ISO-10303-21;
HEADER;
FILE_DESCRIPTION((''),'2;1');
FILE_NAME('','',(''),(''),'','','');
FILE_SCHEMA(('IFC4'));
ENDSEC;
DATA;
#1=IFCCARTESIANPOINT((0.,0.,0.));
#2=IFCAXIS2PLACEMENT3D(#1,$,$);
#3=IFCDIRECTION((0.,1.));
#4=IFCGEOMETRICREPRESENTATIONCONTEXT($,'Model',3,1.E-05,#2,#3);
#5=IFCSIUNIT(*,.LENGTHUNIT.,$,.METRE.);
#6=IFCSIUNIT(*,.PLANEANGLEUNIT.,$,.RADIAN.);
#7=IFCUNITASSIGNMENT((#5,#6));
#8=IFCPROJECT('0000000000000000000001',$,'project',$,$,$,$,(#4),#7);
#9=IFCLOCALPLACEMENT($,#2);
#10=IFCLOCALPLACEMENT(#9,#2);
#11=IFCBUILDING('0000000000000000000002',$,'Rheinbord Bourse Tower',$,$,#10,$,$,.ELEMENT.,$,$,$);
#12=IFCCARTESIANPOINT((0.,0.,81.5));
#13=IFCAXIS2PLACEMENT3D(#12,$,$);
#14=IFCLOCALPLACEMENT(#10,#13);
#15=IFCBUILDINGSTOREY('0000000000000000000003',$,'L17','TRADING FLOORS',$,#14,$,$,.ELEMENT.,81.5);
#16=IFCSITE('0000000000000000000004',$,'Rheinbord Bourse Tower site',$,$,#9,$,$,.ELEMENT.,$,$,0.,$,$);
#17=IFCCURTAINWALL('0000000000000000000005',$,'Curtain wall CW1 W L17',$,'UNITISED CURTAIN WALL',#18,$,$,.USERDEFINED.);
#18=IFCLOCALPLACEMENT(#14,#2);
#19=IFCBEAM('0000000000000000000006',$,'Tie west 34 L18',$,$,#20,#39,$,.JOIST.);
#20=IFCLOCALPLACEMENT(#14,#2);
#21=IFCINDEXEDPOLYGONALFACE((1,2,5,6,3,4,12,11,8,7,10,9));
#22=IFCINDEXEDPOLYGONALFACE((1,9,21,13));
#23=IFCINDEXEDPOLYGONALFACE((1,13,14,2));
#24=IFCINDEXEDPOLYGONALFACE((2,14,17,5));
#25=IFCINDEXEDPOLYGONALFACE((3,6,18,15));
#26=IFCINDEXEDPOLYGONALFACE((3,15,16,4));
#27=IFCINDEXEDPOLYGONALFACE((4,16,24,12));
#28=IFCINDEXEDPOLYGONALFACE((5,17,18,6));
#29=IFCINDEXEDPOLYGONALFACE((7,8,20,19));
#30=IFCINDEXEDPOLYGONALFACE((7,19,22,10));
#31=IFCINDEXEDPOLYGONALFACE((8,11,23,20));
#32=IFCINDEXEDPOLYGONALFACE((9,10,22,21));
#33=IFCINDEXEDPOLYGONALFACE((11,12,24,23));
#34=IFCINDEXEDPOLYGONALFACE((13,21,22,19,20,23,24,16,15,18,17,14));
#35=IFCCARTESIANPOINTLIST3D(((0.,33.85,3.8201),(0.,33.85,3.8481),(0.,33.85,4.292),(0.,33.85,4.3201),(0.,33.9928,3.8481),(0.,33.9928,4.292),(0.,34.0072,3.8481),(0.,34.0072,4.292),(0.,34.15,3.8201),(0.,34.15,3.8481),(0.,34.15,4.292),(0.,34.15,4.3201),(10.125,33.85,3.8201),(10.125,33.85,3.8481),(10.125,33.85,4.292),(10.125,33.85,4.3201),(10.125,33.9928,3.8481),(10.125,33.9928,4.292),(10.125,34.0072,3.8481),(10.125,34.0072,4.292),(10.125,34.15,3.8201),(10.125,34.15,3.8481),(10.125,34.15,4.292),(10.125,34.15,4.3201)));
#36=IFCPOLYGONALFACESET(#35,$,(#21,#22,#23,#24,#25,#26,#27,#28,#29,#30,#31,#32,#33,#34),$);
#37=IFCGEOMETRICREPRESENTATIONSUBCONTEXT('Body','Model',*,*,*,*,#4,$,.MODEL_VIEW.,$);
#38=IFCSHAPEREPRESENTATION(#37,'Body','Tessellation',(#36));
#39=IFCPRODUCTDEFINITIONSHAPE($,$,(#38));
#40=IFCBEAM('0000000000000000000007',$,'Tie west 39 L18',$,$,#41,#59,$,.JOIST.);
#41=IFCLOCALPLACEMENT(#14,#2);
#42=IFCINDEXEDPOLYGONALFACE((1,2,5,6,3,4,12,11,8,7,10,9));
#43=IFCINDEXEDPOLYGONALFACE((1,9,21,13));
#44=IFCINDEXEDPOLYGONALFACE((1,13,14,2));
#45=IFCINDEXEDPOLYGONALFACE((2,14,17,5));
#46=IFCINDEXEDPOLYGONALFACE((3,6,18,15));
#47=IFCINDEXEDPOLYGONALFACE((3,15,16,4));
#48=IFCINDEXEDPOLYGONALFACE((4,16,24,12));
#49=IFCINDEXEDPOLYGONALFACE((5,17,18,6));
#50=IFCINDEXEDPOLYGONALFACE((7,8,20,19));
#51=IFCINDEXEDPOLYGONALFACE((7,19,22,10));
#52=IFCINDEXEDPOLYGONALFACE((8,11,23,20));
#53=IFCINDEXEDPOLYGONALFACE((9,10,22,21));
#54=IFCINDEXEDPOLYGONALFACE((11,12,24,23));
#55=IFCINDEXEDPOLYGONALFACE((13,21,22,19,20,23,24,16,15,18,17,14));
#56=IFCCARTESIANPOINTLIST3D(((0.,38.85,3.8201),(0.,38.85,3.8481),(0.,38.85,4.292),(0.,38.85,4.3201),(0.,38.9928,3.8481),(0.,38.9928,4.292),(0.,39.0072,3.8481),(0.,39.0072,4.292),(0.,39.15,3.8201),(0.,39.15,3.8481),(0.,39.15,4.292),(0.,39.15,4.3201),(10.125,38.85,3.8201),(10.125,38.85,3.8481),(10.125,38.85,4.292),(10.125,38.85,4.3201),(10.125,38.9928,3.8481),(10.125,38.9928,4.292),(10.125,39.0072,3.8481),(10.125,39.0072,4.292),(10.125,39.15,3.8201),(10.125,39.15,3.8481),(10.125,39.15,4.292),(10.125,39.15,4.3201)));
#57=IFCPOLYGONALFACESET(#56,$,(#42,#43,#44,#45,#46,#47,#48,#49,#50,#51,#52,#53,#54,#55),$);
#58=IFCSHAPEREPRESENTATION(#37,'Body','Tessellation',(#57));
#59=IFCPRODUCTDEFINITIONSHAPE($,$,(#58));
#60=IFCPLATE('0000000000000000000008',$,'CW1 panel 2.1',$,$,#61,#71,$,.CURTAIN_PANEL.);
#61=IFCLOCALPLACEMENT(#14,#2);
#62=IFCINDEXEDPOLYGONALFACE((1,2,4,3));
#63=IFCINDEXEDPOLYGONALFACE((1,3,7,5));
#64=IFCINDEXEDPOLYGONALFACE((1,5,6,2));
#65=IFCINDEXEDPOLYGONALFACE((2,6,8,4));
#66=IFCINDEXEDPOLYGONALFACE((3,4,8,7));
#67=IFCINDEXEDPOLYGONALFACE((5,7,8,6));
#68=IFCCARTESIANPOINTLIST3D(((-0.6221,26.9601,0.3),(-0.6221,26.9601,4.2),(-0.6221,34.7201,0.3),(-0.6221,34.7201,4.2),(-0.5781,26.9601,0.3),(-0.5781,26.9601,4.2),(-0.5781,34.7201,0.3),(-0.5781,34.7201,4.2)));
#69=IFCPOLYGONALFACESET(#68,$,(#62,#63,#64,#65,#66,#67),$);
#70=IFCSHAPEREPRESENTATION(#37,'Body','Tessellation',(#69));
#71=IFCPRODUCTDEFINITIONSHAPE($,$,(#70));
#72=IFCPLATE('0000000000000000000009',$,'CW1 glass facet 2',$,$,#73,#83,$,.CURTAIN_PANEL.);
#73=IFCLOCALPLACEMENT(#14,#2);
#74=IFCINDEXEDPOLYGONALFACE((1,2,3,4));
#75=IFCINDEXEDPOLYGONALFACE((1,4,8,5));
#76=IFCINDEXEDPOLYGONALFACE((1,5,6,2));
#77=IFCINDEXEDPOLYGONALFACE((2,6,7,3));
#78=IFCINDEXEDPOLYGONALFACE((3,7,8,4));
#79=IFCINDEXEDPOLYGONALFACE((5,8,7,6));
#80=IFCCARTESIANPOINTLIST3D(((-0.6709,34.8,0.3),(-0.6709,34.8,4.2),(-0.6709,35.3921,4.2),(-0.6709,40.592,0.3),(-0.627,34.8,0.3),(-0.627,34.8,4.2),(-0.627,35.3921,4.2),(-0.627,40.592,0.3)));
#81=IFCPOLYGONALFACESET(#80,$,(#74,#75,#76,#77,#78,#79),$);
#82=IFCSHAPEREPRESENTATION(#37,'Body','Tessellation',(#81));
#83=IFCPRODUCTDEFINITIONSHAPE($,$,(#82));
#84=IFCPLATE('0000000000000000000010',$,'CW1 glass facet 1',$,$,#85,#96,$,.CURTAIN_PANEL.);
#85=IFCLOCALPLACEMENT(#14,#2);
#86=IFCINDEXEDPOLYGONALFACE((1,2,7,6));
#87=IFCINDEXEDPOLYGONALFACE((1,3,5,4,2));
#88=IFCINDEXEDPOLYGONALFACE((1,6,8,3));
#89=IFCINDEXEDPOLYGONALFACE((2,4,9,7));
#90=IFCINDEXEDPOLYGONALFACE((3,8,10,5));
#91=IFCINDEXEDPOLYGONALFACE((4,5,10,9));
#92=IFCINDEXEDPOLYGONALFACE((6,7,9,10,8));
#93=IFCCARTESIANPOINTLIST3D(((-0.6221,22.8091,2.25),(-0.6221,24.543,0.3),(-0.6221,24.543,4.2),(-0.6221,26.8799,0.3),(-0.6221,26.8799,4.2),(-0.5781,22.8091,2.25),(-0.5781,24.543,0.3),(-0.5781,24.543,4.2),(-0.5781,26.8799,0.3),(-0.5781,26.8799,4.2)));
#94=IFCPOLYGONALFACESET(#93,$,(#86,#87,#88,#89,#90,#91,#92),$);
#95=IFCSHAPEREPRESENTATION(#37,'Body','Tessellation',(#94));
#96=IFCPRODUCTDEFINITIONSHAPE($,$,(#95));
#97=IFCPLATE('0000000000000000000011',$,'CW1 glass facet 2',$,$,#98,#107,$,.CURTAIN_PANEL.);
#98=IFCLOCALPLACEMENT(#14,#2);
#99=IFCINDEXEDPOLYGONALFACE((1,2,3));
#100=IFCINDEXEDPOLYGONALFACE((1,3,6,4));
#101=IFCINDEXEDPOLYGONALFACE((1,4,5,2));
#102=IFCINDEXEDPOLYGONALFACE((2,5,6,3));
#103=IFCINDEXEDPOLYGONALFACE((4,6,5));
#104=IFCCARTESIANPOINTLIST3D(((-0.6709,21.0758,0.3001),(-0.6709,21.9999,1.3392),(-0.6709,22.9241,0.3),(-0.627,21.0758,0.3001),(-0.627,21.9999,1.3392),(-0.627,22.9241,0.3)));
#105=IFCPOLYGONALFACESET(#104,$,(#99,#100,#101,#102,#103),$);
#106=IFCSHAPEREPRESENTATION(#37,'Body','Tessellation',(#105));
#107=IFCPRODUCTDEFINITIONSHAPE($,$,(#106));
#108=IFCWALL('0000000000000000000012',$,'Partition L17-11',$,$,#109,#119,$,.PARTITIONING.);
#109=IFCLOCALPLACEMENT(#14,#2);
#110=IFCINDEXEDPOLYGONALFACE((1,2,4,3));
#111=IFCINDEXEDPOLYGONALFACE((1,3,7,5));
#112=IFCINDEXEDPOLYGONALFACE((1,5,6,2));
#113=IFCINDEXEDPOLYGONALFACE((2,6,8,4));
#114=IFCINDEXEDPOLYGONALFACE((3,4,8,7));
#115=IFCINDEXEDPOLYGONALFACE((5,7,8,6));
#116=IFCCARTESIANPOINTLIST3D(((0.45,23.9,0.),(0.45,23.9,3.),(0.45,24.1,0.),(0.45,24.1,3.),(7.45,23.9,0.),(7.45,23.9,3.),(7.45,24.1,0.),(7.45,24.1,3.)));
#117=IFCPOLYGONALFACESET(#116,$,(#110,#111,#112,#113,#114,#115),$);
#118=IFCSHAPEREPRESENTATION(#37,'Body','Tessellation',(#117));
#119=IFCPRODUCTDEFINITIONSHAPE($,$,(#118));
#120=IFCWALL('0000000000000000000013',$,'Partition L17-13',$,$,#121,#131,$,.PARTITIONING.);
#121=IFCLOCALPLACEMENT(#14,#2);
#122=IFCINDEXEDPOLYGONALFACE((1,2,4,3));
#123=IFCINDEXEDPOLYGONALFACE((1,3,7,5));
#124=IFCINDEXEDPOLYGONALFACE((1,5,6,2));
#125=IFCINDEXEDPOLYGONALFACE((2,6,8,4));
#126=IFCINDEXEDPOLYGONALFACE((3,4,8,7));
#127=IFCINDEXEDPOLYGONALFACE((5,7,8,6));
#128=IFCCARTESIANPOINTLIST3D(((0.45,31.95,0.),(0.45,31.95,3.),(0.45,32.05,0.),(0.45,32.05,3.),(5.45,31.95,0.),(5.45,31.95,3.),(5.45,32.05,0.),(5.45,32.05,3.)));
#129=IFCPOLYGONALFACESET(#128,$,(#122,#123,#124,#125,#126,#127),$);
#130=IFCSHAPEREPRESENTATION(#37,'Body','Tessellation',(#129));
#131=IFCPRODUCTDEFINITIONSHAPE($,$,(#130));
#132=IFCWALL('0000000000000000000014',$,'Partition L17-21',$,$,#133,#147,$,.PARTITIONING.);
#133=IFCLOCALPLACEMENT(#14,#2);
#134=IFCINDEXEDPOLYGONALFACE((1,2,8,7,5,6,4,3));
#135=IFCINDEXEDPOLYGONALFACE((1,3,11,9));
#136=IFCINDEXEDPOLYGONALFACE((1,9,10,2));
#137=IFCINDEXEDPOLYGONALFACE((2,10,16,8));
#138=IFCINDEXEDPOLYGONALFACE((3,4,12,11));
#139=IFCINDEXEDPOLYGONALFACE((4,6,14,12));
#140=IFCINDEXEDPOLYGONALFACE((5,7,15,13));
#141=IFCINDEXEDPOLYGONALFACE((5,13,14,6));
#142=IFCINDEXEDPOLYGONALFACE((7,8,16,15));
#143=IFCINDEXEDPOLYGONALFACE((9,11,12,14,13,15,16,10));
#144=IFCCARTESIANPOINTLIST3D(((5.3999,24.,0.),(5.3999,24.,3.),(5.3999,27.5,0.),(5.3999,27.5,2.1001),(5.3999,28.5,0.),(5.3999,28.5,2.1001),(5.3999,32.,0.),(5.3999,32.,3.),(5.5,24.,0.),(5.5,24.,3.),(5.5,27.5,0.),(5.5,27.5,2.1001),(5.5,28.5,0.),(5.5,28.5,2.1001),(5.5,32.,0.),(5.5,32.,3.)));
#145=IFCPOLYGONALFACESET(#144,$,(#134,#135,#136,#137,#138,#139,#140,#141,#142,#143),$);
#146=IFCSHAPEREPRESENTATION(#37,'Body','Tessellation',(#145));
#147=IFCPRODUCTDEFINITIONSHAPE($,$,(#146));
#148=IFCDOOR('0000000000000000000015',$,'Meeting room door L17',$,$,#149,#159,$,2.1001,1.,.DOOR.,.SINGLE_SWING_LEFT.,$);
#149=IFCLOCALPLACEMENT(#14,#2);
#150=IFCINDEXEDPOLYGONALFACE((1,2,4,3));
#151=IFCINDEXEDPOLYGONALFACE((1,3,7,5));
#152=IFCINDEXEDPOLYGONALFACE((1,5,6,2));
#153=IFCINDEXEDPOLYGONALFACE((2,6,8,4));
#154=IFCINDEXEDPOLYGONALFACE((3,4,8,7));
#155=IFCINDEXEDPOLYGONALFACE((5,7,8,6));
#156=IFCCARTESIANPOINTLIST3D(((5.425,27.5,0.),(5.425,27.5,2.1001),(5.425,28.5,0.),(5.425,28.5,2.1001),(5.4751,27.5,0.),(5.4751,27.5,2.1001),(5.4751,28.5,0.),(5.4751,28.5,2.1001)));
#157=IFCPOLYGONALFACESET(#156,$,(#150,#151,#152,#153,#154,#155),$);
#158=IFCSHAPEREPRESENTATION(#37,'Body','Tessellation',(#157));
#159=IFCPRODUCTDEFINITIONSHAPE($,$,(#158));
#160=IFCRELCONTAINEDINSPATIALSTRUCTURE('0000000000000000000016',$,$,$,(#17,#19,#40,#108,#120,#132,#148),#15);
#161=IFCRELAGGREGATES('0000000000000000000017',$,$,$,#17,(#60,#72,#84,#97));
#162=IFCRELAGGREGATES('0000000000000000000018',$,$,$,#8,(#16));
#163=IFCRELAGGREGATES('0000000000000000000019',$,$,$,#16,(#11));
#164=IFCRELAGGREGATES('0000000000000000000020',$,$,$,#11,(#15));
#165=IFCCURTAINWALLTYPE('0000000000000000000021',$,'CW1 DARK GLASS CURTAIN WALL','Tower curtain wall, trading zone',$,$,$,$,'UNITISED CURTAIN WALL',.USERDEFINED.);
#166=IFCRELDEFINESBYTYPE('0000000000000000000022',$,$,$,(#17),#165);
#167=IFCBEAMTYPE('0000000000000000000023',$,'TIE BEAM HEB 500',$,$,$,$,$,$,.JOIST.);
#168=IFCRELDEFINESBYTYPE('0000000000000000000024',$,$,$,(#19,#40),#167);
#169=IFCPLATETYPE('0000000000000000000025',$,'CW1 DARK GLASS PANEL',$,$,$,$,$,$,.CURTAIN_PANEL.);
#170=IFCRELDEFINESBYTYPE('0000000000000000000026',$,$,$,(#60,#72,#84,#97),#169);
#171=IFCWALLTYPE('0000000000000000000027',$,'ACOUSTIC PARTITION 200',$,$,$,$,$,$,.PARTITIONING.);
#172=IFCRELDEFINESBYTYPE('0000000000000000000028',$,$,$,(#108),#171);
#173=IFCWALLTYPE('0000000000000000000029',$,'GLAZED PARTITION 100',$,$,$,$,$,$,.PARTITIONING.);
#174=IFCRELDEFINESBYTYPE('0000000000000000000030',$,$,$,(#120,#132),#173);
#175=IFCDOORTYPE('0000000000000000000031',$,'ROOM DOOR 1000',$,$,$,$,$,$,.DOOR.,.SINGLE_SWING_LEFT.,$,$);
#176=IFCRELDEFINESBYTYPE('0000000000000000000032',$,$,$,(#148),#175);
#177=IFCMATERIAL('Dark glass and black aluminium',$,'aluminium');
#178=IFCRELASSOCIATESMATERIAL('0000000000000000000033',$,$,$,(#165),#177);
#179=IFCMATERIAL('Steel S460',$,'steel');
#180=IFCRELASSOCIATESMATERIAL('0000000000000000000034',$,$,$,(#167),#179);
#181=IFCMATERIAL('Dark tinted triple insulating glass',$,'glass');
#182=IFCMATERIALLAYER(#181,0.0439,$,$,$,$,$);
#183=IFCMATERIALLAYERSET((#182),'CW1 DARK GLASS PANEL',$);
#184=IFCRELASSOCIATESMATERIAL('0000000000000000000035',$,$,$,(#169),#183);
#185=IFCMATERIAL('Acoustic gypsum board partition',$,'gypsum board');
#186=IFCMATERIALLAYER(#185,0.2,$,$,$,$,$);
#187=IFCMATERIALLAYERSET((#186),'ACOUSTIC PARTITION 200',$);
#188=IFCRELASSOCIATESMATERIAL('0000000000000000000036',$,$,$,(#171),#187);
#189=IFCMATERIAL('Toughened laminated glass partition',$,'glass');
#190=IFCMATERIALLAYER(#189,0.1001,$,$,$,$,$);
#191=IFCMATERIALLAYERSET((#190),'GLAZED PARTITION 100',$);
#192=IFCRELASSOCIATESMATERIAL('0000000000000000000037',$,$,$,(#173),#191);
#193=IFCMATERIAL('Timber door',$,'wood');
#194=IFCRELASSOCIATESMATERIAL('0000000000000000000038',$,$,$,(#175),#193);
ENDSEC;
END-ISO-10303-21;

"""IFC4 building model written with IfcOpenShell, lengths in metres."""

from ifc_helpers import new_model, si_unit, direction, frame, frame_2d, origin, origin_2d, place, context, subcontext, project, spatial, polyline, rectangle, i_section, outline, extrude, material, layer, layer_set, material_profile, profile_set, type_object, element, fill, aggregate, save


model = new_model("IFC4")

# Units and contexts
model_context = context("Model", 3, precision=1e-05, world=origin(), true_north=direction((0.0, 1.0)))
body_context = subcontext(model_context, "Body", "Model", "MODEL_VIEW")
ifc_project = project(units=[si_unit("LENGTHUNIT", "METRE"), si_unit("PLANEANGLEUNIT", "RADIAN")], contexts=[model_context])

# Site, building, storey
site_placement = place(None, origin())
site = spatial("IfcSite", under=ifc_project, at=site_placement, Name="Rheinbord Bourse Tower site", CompositionType="ELEMENT", RefElevation=0.0)
building_placement = place(site_placement, origin())
building = spatial("IfcBuilding", under=site, at=building_placement, Name="Rheinbord Bourse Tower", CompositionType="ELEMENT")
storey_placement = place(building_placement, frame((0.0, 0.0, 81.5)))
storey = spatial("IfcBuildingStorey", under=building, at=storey_placement, Name="L17", Description="TRADING FLOORS", CompositionType="ELEMENT", Elevation=81.5)

# Curtain wall
ifc_material_1 = material(Name="Dark glass and black aluminium", Category="aluminium")
curtain_wall_type = type_object("IfcCurtainWallType", Name="CW1 DARK GLASS CURTAIN WALL", Description="Tower curtain wall, trading zone", ElementType="UNITISED CURTAIN WALL", PredefinedType="USERDEFINED", material=ifc_material_1)
curtain_wall_placement = place(storey_placement, origin())
curtain_wall = element("IfcCurtainWall", 1, at=curtain_wall_placement, inside=storey, type_object=curtain_wall_type, Name="Curtain wall CW1 W L17", ObjectType="UNITISED CURTAIN WALL", PredefinedType="USERDEFINED")

# Beams
ifc_material_2 = material(Name="Steel S460", Category="steel")
ifc_material_profile_1 = material_profile(ifc_material_2, i_section(OverallWidth=0.3, OverallDepth=0.5, WebThickness=0.0144, FlangeThickness=0.0281, at=origin_2d()), Name="HEB 500")
ifc_profile_set_1 = profile_set([ifc_material_profile_1], Name="Steel S460")
beam_type_1 = type_object("IfcBeamType", Name="TIE BEAM HEB 500", PredefinedType="JOIST", material=ifc_profile_set_1)
for number, where, z_axis, x_axis, name in (
    (2, (0.0, 34.0, 4.0701), (1.0, 0.0, 0.0), (0.0, 1.0, 0.0), "Tie west 34 L18"),
    (3, (0.0, 39.0, 4.0701), (1.0, 0.0, 0.0), (0.0, 1.0, 0.0), "Tie west 39 L18"),
):
    element("IfcBeam", number, at=place(storey_placement, frame(where, z_axis=z_axis, x_axis=x_axis)), inside=storey, type_object=beam_type_1, Name=name, PredefinedType="JOIST", context=body_context, shape_type="SweptSolid", body=[
        extrude(i_section(OverallWidth=0.3, OverallDepth=0.5, WebThickness=0.0144, FlangeThickness=0.0281, at=origin_2d()), origin(), (0.0, 0.0, 1.0), 10.125),
    ])

# Plates
ifc_material_3 = material(Name="Dark tinted triple insulating glass", Category="glass")
ifc_layer_1 = layer(ifc_material_3, 0.0439)
ifc_layer_set_1 = layer_set([ifc_layer_1], Name="CW1 DARK GLASS PANEL")
plate_type = type_object("IfcPlateType", Name="CW1 DARK GLASS PANEL", PredefinedType="CURTAIN_PANEL", material=ifc_layer_set_1)
plate_1_placement = place(storey_placement, frame((-0.6001, 30.8401, 0.3), z_axis=(0.0, 0.0, 1.0), x_axis=(0.0, -1.0, 0.0)))
plate_1 = element("IfcPlate", 4, at=plate_1_placement, type_object=plate_type, Name="CW1 panel 2.1", PredefinedType="CURTAIN_PANEL", context=body_context, shape_type="SweptSolid", body=[
    extrude(rectangle(XDim=7.76, YDim=0.0439, at=origin_2d()), origin(), (0.0, 0.0, 1.0), 3.8999),
])
plate_2_placement = place(storey_placement, frame((-0.6709, 34.8, 4.2), z_axis=(1.0, 0.0, 0.0), x_axis=(0.0, 0.0, -1.0)))
plate_2 = element("IfcPlate", 5, at=plate_2_placement, type_object=plate_type, Name="CW1 glass facet 2", PredefinedType="CURTAIN_PANEL", context=body_context, shape_type="SweptSolid", body=[
    extrude(outline(polyline([(0.0, 0.0), (3.8999, 0.0), (3.8999, 5.792), (0.0, 0.592), (0.0, 0.0)])), origin(), (0.0, 0.0, 1.0), 0.0439),
])
plate_3_placement = place(storey_placement, frame((-0.6221, 26.8799, 0.3), z_axis=(1.0, 0.0, 0.0), x_axis=(0.0, 0.0, 1.0)))
plate_3 = element("IfcPlate", 6, at=plate_3_placement, type_object=plate_type, Name="CW1 glass facet 1", PredefinedType="CURTAIN_PANEL", context=body_context, shape_type="SweptSolid", body=[
    extrude(outline(polyline([(0.0, 0.0), (3.8999, 0.0), (3.8999, 2.3369), (1.95, 4.0708), (0.0, 2.3369), (0.0, 0.0)])), origin(), (0.0, 0.0, 1.0), 0.0439),
])
plate_4_placement = place(storey_placement, frame((-0.6709, 22.9241, 0.3), z_axis=(1.0, 0.0, 0.0), x_axis=(0.0, -0.664549, 0.747245)))
plate_4 = element("IfcPlate", 7, at=plate_4_placement, type_object=plate_type, Name="CW1 glass facet 2", PredefinedType="CURTAIN_PANEL", context=body_context, shape_type="SweptSolid", body=[
    extrude(outline(polyline([(0.0, 0.0), (1.3906, 0.0), (1.2283, 1.3811), (0.0, 0.0)])), origin(), (0.0, 0.0, 1.0), 0.0439),
])
aggregate(curtain_wall, [plate_1, plate_2, plate_3, plate_4])

# Walls
ifc_material_4 = material(Name="Acoustic gypsum board partition", Category="gypsum board")
ifc_layer_2 = layer(ifc_material_4, 0.2)
ifc_layer_set_2 = layer_set([ifc_layer_2], Name="ACOUSTIC PARTITION 200")
wall_type_1 = type_object("IfcWallType", Name="ACOUSTIC PARTITION 200", PredefinedType="PARTITIONING", material=ifc_layer_set_2)
wall_1_placement = place(storey_placement, frame((0.45, 24.0, 0.0), z_axis=(0.0, 0.0, 1.0), x_axis=(1.0, 0.0, 0.0)))
element("IfcWall", 8, at=wall_1_placement, inside=storey, type_object=wall_type_1, Name="Partition L17-11", PredefinedType="PARTITIONING", context=body_context, shape_type="SweptSolid", body=[
    extrude(rectangle(XDim=7.0, YDim=0.2, at=frame_2d((3.5, 0.0))), origin(), (0.0, 0.0, 1.0), 3.0),
])
ifc_material_5 = material(Name="Toughened laminated glass partition", Category="glass")
ifc_layer_3 = layer(ifc_material_5, 0.1001)
ifc_layer_set_3 = layer_set([ifc_layer_3], Name="GLAZED PARTITION 100")
wall_type_2 = type_object("IfcWallType", Name="GLAZED PARTITION 100", PredefinedType="PARTITIONING", material=ifc_layer_set_3)
wall_2_placement = place(storey_placement, frame((0.45, 32.0, 0.0), z_axis=(0.0, 0.0, 1.0), x_axis=(1.0, 0.0, 0.0)))
element("IfcWall", 9, at=wall_2_placement, inside=storey, type_object=wall_type_2, Name="Partition L17-13", PredefinedType="PARTITIONING", context=body_context, shape_type="SweptSolid", body=[
    extrude(rectangle(XDim=5.0, YDim=0.1001, at=frame_2d((2.5, 0.0))), origin(), (0.0, 0.0, 1.0), 3.0),
])

# Wall, opening, door
wall_3_placement = place(storey_placement, frame((5.45, 24.0, 0.0), z_axis=(0.0, 0.0, 1.0), x_axis=(0.0, 1.0, 0.0)))
wall_3 = element("IfcWall", 10, at=wall_3_placement, inside=storey, type_object=wall_type_2, Name="Partition L17-21", PredefinedType="PARTITIONING", context=body_context, shape_type="SweptSolid", body=[
    extrude(rectangle(XDim=8.0, YDim=0.1001, at=frame_2d((4.0, 0.0))), origin(), (0.0, 0.0, 1.0), 3.0),
])
opening_1_placement = place(wall_3_placement, frame((3.5, 0.0, 0.0)))
opening_1 = element("IfcOpeningElement", 11, at=opening_1_placement, cuts=wall_3, PredefinedType="OPENING", context=body_context, shape_type="SweptSolid", body=[
    extrude(rectangle(XDim=1.0, YDim=2.1001, at=frame_2d((0.5, 1.05))), frame((0.0, 0.0601, 0.0), z_axis=(0.0, -1.0, 0.0), x_axis=(1.0, 0.0, 0.0)), (0.0, 0.0, 1.0), 0.1201),
])
ifc_material_6 = material(Name="Timber door", Category="wood")
door_type = type_object("IfcDoorType", Name="ROOM DOOR 1000", OperationType="SINGLE_SWING_LEFT", PredefinedType="DOOR", material=ifc_material_6)
door_1_placement = place(opening_1_placement, origin())
door_1 = element("IfcDoor", 12, at=door_1_placement, inside=storey, type_object=door_type, Name="Meeting room door L17", OperationType="SINGLE_SWING_LEFT", OverallHeight=2.1001, OverallWidth=1.0, PredefinedType="DOOR", context=body_context, shape_type="SweptSolid", body=[
    extrude(rectangle(XDim=1.0, YDim=2.1001, at=frame_2d((0.5, 1.05))), frame((0.0, 0.0249, 0.0), z_axis=(0.0, -1.0, 0.0), x_axis=(1.0, 0.0, 0.0)), (0.0, 0.0, 1.0), 0.05),
])
fill(opening_1, door_1)

save(model, "model.ifc")
